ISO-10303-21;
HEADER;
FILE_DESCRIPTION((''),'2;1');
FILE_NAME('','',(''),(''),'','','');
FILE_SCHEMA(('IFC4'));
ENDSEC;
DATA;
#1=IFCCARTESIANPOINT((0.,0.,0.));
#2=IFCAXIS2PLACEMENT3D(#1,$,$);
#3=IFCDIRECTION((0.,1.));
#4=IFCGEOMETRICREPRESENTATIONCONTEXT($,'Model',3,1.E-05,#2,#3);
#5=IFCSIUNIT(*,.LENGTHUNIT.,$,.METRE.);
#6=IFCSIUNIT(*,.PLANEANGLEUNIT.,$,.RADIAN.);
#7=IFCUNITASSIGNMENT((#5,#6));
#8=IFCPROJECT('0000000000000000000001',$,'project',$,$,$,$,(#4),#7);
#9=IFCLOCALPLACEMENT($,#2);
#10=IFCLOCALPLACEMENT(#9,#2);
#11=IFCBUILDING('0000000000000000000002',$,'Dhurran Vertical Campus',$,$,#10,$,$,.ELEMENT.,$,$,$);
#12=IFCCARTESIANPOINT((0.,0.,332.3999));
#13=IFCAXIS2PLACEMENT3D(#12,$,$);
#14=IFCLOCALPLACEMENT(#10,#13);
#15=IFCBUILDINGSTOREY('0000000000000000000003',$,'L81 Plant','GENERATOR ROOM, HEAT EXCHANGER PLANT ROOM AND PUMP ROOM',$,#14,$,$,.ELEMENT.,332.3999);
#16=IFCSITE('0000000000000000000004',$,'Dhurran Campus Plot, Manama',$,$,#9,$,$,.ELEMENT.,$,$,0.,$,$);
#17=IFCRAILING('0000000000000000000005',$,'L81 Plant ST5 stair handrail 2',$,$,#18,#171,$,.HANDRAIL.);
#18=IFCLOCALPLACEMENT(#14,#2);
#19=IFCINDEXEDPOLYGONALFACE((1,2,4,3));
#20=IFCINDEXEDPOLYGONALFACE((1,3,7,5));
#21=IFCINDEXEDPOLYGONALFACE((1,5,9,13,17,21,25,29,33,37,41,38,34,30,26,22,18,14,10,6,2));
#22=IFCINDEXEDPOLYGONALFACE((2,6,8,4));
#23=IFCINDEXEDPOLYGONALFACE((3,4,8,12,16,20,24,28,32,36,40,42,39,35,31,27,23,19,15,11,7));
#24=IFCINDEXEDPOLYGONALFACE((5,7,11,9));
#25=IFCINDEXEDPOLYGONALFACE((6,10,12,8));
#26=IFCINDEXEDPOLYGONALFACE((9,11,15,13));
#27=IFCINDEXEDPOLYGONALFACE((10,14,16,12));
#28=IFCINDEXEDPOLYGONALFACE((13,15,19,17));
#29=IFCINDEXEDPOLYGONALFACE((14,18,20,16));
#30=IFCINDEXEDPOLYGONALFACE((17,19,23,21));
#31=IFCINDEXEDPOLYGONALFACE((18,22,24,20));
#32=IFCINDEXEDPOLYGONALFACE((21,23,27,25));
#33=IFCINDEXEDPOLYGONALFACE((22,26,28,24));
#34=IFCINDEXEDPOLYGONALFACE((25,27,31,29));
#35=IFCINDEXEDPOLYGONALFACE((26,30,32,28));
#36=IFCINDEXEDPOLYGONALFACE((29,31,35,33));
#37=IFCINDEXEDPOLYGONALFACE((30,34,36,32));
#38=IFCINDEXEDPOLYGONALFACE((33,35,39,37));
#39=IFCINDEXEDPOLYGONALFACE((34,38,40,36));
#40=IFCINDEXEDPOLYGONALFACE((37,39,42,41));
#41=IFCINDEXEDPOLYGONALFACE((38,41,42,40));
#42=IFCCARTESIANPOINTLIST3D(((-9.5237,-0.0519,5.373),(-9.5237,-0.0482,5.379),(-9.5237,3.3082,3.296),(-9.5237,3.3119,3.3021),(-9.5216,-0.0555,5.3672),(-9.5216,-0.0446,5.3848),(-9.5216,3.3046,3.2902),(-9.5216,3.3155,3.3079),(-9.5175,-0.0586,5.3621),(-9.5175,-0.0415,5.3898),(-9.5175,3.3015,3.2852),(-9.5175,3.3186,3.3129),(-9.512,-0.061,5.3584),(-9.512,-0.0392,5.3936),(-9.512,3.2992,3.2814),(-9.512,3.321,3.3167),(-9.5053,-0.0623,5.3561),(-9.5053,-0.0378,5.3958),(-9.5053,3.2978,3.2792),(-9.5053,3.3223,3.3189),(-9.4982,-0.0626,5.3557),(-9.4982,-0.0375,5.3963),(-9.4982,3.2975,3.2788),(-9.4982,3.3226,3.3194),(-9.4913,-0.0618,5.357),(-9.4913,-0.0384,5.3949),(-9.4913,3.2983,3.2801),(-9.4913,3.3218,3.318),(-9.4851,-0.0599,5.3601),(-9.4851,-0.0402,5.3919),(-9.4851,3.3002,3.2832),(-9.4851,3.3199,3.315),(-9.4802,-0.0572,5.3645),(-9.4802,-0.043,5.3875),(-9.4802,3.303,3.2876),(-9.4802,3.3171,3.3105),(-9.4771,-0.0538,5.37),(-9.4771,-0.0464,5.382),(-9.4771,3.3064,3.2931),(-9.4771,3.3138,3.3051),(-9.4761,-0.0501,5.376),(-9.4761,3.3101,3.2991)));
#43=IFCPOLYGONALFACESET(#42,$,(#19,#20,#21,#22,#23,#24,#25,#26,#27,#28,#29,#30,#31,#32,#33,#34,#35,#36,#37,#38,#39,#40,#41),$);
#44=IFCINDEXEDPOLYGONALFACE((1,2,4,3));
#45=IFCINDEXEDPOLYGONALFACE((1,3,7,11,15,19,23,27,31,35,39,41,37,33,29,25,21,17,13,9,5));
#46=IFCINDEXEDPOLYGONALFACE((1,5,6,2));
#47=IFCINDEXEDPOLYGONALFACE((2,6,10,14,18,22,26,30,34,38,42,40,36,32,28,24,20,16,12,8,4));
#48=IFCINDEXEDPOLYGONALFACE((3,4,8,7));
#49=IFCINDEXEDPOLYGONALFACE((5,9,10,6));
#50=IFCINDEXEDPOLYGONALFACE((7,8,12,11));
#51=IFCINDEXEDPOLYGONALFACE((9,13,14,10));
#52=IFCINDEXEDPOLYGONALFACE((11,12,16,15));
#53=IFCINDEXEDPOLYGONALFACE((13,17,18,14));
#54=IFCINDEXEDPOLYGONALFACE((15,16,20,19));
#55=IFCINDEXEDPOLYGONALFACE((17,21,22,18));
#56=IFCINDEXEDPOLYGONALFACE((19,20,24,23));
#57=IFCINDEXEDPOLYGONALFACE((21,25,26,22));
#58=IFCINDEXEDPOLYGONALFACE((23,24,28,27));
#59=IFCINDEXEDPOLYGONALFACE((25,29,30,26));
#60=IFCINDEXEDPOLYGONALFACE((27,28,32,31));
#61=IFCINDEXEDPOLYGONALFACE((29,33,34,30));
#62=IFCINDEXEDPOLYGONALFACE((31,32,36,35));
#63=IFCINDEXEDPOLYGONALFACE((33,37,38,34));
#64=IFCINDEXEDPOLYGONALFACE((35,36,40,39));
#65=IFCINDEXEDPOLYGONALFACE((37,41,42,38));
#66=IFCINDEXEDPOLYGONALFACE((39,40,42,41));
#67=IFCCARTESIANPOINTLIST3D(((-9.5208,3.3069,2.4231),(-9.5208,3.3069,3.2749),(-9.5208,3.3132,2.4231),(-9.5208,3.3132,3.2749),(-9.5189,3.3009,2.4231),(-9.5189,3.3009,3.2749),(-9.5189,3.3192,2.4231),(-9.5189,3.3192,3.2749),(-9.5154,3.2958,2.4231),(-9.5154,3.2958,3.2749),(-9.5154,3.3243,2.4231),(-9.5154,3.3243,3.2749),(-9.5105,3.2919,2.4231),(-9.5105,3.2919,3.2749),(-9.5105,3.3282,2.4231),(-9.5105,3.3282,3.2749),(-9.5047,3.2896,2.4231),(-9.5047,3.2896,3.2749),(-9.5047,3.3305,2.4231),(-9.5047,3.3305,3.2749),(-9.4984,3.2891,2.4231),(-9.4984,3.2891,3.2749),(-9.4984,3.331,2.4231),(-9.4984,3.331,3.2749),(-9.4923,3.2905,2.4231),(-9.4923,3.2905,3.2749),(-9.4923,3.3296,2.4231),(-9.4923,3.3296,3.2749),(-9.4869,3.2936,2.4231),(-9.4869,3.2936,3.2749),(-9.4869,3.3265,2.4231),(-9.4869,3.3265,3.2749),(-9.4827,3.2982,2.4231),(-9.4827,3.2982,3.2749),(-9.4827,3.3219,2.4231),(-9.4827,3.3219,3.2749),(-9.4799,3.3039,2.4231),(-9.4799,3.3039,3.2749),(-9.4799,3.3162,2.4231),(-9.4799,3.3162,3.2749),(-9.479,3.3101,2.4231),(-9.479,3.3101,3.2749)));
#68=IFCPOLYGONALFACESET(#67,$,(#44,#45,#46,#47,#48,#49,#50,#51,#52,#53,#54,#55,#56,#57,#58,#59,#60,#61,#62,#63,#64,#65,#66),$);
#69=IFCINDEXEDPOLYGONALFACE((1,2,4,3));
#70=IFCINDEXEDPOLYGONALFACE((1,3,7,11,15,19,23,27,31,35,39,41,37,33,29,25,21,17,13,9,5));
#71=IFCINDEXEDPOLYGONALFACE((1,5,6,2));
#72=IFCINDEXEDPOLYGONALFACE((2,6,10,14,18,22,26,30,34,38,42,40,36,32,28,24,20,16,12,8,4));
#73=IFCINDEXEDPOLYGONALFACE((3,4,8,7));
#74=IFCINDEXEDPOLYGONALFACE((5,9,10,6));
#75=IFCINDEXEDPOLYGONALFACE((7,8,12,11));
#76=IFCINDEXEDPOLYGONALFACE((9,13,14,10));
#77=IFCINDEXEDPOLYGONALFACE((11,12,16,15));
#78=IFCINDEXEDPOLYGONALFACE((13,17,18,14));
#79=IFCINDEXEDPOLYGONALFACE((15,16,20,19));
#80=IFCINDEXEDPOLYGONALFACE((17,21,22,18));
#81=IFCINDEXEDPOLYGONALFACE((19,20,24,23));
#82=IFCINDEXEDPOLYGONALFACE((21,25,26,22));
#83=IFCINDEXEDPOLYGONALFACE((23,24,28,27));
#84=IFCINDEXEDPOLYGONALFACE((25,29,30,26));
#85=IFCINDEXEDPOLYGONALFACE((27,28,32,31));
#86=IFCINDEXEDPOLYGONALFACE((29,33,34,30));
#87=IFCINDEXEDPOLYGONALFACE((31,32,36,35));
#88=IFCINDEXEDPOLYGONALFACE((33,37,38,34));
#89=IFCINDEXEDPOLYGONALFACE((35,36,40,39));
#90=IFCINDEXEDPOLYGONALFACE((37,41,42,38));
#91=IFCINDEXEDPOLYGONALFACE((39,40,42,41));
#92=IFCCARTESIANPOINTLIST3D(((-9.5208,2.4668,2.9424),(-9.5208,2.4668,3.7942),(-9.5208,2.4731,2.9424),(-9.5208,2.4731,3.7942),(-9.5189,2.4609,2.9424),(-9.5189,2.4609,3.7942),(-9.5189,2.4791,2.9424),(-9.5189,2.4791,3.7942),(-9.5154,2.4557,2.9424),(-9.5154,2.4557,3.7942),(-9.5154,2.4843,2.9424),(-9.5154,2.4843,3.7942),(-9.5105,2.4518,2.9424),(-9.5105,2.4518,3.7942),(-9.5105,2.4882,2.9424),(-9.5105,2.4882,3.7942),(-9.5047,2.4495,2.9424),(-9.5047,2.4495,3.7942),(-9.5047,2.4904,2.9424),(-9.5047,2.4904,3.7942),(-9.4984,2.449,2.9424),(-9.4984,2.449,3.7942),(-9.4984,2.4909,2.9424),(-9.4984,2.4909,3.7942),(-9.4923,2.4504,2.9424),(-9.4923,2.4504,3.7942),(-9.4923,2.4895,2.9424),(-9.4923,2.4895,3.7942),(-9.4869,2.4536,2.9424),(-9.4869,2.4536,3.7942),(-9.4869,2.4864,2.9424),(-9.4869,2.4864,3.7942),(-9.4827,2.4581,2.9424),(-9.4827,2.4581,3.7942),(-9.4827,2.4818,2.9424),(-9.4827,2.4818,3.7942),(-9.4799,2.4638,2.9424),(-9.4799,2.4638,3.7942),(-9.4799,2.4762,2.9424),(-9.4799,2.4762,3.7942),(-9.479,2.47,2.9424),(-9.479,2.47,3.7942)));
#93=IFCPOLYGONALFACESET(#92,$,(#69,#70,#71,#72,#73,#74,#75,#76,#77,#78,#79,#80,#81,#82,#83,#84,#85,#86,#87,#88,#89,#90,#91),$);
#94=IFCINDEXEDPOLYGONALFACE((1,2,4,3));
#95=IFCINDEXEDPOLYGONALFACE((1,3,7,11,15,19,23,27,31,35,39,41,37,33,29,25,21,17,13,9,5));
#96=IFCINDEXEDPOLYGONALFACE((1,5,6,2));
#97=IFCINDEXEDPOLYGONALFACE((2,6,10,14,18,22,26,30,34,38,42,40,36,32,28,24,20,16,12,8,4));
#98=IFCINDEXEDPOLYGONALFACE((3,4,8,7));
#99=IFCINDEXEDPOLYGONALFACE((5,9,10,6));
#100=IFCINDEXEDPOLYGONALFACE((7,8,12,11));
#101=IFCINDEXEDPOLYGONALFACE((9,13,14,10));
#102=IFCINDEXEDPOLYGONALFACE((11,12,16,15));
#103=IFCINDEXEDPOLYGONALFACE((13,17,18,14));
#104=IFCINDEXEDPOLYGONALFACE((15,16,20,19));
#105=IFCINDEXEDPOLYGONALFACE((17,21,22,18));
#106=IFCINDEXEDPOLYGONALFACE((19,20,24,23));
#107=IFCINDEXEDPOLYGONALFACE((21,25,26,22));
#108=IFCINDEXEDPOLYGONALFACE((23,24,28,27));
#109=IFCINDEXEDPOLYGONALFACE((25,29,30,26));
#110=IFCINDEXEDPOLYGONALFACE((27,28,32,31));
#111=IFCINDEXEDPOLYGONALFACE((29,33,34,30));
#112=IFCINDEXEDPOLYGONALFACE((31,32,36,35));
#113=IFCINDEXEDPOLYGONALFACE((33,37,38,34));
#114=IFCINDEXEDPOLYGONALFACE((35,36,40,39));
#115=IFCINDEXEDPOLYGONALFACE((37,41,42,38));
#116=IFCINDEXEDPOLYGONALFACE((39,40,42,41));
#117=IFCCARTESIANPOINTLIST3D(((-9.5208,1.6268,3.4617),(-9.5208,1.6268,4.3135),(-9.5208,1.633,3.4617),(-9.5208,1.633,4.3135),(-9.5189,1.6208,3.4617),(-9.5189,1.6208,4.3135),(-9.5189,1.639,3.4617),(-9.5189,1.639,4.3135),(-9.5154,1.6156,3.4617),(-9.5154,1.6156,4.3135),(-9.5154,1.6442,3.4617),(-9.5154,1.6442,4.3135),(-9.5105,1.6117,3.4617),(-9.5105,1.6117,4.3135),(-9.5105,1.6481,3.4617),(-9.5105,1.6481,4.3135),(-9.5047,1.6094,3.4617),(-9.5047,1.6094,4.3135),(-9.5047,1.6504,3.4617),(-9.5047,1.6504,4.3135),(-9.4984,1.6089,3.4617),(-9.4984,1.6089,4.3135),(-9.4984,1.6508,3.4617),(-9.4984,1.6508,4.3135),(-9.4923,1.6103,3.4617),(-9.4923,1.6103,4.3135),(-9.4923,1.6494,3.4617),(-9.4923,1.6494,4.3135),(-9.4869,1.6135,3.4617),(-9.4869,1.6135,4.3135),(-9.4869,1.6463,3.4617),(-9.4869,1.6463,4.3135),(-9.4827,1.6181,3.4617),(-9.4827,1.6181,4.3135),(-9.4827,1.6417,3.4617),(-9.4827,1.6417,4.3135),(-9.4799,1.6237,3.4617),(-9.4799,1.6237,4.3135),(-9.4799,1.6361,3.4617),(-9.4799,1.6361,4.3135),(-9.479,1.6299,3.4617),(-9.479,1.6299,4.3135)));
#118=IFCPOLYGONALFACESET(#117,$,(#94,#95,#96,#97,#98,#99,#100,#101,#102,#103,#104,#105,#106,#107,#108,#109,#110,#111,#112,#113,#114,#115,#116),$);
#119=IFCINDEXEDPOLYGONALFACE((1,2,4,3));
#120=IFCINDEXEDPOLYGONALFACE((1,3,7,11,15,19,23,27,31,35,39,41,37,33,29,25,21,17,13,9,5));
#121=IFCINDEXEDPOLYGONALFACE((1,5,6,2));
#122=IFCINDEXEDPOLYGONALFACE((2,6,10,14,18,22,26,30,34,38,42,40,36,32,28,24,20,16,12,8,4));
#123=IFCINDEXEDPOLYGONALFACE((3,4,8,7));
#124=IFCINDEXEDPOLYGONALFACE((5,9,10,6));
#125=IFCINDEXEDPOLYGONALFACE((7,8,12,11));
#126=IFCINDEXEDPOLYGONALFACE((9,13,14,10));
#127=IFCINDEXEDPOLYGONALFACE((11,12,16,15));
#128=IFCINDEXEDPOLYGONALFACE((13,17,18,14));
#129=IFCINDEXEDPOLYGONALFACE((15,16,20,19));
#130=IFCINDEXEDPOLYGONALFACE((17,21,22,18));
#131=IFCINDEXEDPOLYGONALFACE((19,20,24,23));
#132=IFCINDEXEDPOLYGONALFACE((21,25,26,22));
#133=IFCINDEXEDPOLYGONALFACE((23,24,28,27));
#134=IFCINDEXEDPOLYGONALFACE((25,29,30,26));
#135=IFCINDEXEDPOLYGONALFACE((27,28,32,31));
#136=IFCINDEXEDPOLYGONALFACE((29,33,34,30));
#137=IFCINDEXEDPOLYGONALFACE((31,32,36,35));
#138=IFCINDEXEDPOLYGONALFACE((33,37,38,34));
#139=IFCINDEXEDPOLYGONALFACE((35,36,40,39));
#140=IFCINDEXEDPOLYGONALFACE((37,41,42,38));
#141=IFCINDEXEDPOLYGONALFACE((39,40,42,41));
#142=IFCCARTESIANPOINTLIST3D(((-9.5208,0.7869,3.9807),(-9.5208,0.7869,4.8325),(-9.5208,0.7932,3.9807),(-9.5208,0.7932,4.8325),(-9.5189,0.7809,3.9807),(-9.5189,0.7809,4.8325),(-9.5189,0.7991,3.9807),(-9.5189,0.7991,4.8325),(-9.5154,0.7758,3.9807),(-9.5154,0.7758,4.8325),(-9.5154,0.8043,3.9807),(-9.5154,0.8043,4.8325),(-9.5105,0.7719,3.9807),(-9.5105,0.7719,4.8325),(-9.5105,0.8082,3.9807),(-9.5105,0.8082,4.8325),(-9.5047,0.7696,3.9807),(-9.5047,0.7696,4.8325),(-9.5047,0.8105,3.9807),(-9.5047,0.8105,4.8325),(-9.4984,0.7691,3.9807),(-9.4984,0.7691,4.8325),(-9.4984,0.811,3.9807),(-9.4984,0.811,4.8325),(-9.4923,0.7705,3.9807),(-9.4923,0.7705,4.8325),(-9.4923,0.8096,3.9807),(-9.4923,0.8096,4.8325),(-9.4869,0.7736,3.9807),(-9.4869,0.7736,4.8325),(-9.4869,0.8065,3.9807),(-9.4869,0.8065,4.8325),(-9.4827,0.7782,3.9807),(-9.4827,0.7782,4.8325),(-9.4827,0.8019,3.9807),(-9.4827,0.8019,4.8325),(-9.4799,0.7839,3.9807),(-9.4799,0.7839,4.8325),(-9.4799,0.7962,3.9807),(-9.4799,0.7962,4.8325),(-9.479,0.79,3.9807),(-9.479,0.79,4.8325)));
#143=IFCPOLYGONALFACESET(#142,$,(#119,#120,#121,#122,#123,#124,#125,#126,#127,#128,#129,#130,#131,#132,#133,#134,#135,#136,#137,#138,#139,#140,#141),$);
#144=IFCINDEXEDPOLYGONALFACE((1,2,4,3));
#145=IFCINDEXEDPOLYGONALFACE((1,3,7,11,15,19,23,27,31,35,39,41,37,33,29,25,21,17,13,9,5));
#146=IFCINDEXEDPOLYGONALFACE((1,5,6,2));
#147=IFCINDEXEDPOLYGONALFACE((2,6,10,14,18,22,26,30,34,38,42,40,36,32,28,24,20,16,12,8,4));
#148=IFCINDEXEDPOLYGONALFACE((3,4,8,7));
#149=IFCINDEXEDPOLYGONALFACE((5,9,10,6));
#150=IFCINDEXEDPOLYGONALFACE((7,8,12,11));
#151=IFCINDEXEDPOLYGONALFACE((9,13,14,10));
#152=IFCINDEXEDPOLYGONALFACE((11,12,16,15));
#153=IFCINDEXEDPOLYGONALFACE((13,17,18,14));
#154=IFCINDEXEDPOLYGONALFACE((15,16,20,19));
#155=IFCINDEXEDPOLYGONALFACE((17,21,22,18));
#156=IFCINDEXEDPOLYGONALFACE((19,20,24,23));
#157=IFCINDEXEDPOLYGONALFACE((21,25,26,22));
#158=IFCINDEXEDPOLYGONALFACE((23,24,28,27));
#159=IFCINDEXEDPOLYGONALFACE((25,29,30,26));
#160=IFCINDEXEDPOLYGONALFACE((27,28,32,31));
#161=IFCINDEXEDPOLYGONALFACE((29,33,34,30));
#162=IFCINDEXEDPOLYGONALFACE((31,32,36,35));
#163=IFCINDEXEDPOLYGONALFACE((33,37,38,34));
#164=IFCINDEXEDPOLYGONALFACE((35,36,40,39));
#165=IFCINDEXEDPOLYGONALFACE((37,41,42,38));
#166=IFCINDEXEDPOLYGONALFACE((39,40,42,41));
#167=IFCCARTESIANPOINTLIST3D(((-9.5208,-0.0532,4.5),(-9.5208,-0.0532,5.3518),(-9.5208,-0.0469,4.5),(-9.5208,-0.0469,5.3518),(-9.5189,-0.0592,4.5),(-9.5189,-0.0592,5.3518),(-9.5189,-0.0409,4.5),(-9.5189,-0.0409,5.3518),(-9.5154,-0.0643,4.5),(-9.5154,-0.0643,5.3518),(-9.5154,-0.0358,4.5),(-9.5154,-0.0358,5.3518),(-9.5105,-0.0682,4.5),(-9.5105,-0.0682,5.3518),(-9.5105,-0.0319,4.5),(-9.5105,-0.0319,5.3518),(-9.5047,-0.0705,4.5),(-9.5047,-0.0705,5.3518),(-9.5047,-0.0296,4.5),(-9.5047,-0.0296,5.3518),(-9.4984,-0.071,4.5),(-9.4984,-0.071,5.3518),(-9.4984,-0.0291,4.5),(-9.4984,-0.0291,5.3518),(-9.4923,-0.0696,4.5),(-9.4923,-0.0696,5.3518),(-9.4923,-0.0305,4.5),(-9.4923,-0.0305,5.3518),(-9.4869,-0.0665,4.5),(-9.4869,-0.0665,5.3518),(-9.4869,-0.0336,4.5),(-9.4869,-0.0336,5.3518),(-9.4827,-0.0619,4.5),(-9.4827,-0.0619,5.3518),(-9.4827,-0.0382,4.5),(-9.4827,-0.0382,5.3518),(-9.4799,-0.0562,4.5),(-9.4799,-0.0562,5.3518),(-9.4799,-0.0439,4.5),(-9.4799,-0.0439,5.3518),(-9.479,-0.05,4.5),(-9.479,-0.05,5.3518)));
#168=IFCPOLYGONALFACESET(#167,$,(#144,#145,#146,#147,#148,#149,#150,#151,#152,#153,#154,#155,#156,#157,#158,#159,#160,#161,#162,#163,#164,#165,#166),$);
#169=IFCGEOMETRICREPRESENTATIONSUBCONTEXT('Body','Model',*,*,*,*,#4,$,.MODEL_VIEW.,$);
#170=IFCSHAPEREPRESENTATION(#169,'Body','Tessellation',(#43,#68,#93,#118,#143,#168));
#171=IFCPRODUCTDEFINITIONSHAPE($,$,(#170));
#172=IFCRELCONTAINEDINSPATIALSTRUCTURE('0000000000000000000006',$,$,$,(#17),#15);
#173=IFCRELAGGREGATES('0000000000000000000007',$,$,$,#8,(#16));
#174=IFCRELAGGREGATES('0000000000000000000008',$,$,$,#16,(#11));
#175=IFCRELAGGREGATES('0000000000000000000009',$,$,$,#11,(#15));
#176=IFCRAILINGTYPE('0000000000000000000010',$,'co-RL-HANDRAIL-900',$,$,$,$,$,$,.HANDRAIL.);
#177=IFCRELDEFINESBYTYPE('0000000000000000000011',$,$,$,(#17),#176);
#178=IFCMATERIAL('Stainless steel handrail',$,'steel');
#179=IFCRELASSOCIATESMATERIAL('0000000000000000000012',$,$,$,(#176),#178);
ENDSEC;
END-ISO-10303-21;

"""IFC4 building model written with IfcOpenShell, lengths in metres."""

from ifc_helpers import new_model, si_unit, direction, frame, origin, origin_2d, place, context, subcontext, project, spatial, circle, extrude, material, type_object, element, save


model = new_model("IFC4")

# Units and contexts
model_context = context("Model", 3, precision=1e-05, world=origin(), true_north=direction((0.0, 1.0)))
body_context = subcontext(model_context, "Body", "Model", "MODEL_VIEW")
ifc_project = project(units=[si_unit("LENGTHUNIT", "METRE"), si_unit("PLANEANGLEUNIT", "RADIAN")], contexts=[model_context])

# Site, building, storey
site_placement = place(None, origin())
site = spatial("IfcSite", under=ifc_project, at=site_placement, Name="Dhurran Campus Plot, Manama", CompositionType="ELEMENT", RefElevation=0.0)
building_placement = place(site_placement, origin())
building = spatial("IfcBuilding", under=site, at=building_placement, Name="Dhurran Vertical Campus", CompositionType="ELEMENT")
storey_placement = place(building_placement, frame((0.0, 0.0, 332.3999)))
storey = spatial("IfcBuildingStorey", under=building, at=storey_placement, Name="L81 Plant", Description="GENERATOR ROOM, HEAT EXCHANGER PLANT ROOM AND PUMP ROOM", CompositionType="ELEMENT", Elevation=332.3999)

# Railing
ifc_material_1 = material(Name="Stainless steel handrail", Category="steel")
railing_type_1 = type_object("IfcRailingType", Name="co-RL-HANDRAIL-900", PredefinedType="HANDRAIL", material=ifc_material_1)
railing_1_placement = place(storey_placement, frame((-9.5, 3.3101, 2.4231)))
element("IfcRailing", 1, at=railing_1_placement, inside=storey, type_object=railing_type_1, Name="L81 Plant ST5 stair handrail 2", PredefinedType="HANDRAIL", context=body_context, shape_type="SweptSolid", body=[
    extrude(circle(Radius=0.0239, at=origin_2d()), frame((0.0, 0.0, 0.876), z_axis=(0.0, -0.850623, 0.525776), x_axis=(1.0, 0.0, 0.0)), (0.0, 0.0, 1.0), 3.9502),
    extrude(circle(Radius=0.021, at=origin_2d()), origin(), (0.0, 0.0, 1.0), 0.8518),
    extrude(circle(Radius=0.021, at=origin_2d()), frame((0.0, -0.8401, 0.5193)), (0.0, 0.0, 1.0), 0.8518),
    extrude(circle(Radius=0.021, at=origin_2d()), frame((0.0, -1.6802, 1.0386)), (0.0, 0.0, 1.0), 0.8518),
    extrude(circle(Radius=0.021, at=origin_2d()), frame((0.0, -2.52, 1.5576)), (0.0, 0.0, 1.0), 0.8518),
    extrude(circle(Radius=0.021, at=origin_2d()), frame((0.0, -3.3601, 2.0769)), (0.0, 0.0, 1.0), 0.8518),
])

save(model, "model.ifc")
